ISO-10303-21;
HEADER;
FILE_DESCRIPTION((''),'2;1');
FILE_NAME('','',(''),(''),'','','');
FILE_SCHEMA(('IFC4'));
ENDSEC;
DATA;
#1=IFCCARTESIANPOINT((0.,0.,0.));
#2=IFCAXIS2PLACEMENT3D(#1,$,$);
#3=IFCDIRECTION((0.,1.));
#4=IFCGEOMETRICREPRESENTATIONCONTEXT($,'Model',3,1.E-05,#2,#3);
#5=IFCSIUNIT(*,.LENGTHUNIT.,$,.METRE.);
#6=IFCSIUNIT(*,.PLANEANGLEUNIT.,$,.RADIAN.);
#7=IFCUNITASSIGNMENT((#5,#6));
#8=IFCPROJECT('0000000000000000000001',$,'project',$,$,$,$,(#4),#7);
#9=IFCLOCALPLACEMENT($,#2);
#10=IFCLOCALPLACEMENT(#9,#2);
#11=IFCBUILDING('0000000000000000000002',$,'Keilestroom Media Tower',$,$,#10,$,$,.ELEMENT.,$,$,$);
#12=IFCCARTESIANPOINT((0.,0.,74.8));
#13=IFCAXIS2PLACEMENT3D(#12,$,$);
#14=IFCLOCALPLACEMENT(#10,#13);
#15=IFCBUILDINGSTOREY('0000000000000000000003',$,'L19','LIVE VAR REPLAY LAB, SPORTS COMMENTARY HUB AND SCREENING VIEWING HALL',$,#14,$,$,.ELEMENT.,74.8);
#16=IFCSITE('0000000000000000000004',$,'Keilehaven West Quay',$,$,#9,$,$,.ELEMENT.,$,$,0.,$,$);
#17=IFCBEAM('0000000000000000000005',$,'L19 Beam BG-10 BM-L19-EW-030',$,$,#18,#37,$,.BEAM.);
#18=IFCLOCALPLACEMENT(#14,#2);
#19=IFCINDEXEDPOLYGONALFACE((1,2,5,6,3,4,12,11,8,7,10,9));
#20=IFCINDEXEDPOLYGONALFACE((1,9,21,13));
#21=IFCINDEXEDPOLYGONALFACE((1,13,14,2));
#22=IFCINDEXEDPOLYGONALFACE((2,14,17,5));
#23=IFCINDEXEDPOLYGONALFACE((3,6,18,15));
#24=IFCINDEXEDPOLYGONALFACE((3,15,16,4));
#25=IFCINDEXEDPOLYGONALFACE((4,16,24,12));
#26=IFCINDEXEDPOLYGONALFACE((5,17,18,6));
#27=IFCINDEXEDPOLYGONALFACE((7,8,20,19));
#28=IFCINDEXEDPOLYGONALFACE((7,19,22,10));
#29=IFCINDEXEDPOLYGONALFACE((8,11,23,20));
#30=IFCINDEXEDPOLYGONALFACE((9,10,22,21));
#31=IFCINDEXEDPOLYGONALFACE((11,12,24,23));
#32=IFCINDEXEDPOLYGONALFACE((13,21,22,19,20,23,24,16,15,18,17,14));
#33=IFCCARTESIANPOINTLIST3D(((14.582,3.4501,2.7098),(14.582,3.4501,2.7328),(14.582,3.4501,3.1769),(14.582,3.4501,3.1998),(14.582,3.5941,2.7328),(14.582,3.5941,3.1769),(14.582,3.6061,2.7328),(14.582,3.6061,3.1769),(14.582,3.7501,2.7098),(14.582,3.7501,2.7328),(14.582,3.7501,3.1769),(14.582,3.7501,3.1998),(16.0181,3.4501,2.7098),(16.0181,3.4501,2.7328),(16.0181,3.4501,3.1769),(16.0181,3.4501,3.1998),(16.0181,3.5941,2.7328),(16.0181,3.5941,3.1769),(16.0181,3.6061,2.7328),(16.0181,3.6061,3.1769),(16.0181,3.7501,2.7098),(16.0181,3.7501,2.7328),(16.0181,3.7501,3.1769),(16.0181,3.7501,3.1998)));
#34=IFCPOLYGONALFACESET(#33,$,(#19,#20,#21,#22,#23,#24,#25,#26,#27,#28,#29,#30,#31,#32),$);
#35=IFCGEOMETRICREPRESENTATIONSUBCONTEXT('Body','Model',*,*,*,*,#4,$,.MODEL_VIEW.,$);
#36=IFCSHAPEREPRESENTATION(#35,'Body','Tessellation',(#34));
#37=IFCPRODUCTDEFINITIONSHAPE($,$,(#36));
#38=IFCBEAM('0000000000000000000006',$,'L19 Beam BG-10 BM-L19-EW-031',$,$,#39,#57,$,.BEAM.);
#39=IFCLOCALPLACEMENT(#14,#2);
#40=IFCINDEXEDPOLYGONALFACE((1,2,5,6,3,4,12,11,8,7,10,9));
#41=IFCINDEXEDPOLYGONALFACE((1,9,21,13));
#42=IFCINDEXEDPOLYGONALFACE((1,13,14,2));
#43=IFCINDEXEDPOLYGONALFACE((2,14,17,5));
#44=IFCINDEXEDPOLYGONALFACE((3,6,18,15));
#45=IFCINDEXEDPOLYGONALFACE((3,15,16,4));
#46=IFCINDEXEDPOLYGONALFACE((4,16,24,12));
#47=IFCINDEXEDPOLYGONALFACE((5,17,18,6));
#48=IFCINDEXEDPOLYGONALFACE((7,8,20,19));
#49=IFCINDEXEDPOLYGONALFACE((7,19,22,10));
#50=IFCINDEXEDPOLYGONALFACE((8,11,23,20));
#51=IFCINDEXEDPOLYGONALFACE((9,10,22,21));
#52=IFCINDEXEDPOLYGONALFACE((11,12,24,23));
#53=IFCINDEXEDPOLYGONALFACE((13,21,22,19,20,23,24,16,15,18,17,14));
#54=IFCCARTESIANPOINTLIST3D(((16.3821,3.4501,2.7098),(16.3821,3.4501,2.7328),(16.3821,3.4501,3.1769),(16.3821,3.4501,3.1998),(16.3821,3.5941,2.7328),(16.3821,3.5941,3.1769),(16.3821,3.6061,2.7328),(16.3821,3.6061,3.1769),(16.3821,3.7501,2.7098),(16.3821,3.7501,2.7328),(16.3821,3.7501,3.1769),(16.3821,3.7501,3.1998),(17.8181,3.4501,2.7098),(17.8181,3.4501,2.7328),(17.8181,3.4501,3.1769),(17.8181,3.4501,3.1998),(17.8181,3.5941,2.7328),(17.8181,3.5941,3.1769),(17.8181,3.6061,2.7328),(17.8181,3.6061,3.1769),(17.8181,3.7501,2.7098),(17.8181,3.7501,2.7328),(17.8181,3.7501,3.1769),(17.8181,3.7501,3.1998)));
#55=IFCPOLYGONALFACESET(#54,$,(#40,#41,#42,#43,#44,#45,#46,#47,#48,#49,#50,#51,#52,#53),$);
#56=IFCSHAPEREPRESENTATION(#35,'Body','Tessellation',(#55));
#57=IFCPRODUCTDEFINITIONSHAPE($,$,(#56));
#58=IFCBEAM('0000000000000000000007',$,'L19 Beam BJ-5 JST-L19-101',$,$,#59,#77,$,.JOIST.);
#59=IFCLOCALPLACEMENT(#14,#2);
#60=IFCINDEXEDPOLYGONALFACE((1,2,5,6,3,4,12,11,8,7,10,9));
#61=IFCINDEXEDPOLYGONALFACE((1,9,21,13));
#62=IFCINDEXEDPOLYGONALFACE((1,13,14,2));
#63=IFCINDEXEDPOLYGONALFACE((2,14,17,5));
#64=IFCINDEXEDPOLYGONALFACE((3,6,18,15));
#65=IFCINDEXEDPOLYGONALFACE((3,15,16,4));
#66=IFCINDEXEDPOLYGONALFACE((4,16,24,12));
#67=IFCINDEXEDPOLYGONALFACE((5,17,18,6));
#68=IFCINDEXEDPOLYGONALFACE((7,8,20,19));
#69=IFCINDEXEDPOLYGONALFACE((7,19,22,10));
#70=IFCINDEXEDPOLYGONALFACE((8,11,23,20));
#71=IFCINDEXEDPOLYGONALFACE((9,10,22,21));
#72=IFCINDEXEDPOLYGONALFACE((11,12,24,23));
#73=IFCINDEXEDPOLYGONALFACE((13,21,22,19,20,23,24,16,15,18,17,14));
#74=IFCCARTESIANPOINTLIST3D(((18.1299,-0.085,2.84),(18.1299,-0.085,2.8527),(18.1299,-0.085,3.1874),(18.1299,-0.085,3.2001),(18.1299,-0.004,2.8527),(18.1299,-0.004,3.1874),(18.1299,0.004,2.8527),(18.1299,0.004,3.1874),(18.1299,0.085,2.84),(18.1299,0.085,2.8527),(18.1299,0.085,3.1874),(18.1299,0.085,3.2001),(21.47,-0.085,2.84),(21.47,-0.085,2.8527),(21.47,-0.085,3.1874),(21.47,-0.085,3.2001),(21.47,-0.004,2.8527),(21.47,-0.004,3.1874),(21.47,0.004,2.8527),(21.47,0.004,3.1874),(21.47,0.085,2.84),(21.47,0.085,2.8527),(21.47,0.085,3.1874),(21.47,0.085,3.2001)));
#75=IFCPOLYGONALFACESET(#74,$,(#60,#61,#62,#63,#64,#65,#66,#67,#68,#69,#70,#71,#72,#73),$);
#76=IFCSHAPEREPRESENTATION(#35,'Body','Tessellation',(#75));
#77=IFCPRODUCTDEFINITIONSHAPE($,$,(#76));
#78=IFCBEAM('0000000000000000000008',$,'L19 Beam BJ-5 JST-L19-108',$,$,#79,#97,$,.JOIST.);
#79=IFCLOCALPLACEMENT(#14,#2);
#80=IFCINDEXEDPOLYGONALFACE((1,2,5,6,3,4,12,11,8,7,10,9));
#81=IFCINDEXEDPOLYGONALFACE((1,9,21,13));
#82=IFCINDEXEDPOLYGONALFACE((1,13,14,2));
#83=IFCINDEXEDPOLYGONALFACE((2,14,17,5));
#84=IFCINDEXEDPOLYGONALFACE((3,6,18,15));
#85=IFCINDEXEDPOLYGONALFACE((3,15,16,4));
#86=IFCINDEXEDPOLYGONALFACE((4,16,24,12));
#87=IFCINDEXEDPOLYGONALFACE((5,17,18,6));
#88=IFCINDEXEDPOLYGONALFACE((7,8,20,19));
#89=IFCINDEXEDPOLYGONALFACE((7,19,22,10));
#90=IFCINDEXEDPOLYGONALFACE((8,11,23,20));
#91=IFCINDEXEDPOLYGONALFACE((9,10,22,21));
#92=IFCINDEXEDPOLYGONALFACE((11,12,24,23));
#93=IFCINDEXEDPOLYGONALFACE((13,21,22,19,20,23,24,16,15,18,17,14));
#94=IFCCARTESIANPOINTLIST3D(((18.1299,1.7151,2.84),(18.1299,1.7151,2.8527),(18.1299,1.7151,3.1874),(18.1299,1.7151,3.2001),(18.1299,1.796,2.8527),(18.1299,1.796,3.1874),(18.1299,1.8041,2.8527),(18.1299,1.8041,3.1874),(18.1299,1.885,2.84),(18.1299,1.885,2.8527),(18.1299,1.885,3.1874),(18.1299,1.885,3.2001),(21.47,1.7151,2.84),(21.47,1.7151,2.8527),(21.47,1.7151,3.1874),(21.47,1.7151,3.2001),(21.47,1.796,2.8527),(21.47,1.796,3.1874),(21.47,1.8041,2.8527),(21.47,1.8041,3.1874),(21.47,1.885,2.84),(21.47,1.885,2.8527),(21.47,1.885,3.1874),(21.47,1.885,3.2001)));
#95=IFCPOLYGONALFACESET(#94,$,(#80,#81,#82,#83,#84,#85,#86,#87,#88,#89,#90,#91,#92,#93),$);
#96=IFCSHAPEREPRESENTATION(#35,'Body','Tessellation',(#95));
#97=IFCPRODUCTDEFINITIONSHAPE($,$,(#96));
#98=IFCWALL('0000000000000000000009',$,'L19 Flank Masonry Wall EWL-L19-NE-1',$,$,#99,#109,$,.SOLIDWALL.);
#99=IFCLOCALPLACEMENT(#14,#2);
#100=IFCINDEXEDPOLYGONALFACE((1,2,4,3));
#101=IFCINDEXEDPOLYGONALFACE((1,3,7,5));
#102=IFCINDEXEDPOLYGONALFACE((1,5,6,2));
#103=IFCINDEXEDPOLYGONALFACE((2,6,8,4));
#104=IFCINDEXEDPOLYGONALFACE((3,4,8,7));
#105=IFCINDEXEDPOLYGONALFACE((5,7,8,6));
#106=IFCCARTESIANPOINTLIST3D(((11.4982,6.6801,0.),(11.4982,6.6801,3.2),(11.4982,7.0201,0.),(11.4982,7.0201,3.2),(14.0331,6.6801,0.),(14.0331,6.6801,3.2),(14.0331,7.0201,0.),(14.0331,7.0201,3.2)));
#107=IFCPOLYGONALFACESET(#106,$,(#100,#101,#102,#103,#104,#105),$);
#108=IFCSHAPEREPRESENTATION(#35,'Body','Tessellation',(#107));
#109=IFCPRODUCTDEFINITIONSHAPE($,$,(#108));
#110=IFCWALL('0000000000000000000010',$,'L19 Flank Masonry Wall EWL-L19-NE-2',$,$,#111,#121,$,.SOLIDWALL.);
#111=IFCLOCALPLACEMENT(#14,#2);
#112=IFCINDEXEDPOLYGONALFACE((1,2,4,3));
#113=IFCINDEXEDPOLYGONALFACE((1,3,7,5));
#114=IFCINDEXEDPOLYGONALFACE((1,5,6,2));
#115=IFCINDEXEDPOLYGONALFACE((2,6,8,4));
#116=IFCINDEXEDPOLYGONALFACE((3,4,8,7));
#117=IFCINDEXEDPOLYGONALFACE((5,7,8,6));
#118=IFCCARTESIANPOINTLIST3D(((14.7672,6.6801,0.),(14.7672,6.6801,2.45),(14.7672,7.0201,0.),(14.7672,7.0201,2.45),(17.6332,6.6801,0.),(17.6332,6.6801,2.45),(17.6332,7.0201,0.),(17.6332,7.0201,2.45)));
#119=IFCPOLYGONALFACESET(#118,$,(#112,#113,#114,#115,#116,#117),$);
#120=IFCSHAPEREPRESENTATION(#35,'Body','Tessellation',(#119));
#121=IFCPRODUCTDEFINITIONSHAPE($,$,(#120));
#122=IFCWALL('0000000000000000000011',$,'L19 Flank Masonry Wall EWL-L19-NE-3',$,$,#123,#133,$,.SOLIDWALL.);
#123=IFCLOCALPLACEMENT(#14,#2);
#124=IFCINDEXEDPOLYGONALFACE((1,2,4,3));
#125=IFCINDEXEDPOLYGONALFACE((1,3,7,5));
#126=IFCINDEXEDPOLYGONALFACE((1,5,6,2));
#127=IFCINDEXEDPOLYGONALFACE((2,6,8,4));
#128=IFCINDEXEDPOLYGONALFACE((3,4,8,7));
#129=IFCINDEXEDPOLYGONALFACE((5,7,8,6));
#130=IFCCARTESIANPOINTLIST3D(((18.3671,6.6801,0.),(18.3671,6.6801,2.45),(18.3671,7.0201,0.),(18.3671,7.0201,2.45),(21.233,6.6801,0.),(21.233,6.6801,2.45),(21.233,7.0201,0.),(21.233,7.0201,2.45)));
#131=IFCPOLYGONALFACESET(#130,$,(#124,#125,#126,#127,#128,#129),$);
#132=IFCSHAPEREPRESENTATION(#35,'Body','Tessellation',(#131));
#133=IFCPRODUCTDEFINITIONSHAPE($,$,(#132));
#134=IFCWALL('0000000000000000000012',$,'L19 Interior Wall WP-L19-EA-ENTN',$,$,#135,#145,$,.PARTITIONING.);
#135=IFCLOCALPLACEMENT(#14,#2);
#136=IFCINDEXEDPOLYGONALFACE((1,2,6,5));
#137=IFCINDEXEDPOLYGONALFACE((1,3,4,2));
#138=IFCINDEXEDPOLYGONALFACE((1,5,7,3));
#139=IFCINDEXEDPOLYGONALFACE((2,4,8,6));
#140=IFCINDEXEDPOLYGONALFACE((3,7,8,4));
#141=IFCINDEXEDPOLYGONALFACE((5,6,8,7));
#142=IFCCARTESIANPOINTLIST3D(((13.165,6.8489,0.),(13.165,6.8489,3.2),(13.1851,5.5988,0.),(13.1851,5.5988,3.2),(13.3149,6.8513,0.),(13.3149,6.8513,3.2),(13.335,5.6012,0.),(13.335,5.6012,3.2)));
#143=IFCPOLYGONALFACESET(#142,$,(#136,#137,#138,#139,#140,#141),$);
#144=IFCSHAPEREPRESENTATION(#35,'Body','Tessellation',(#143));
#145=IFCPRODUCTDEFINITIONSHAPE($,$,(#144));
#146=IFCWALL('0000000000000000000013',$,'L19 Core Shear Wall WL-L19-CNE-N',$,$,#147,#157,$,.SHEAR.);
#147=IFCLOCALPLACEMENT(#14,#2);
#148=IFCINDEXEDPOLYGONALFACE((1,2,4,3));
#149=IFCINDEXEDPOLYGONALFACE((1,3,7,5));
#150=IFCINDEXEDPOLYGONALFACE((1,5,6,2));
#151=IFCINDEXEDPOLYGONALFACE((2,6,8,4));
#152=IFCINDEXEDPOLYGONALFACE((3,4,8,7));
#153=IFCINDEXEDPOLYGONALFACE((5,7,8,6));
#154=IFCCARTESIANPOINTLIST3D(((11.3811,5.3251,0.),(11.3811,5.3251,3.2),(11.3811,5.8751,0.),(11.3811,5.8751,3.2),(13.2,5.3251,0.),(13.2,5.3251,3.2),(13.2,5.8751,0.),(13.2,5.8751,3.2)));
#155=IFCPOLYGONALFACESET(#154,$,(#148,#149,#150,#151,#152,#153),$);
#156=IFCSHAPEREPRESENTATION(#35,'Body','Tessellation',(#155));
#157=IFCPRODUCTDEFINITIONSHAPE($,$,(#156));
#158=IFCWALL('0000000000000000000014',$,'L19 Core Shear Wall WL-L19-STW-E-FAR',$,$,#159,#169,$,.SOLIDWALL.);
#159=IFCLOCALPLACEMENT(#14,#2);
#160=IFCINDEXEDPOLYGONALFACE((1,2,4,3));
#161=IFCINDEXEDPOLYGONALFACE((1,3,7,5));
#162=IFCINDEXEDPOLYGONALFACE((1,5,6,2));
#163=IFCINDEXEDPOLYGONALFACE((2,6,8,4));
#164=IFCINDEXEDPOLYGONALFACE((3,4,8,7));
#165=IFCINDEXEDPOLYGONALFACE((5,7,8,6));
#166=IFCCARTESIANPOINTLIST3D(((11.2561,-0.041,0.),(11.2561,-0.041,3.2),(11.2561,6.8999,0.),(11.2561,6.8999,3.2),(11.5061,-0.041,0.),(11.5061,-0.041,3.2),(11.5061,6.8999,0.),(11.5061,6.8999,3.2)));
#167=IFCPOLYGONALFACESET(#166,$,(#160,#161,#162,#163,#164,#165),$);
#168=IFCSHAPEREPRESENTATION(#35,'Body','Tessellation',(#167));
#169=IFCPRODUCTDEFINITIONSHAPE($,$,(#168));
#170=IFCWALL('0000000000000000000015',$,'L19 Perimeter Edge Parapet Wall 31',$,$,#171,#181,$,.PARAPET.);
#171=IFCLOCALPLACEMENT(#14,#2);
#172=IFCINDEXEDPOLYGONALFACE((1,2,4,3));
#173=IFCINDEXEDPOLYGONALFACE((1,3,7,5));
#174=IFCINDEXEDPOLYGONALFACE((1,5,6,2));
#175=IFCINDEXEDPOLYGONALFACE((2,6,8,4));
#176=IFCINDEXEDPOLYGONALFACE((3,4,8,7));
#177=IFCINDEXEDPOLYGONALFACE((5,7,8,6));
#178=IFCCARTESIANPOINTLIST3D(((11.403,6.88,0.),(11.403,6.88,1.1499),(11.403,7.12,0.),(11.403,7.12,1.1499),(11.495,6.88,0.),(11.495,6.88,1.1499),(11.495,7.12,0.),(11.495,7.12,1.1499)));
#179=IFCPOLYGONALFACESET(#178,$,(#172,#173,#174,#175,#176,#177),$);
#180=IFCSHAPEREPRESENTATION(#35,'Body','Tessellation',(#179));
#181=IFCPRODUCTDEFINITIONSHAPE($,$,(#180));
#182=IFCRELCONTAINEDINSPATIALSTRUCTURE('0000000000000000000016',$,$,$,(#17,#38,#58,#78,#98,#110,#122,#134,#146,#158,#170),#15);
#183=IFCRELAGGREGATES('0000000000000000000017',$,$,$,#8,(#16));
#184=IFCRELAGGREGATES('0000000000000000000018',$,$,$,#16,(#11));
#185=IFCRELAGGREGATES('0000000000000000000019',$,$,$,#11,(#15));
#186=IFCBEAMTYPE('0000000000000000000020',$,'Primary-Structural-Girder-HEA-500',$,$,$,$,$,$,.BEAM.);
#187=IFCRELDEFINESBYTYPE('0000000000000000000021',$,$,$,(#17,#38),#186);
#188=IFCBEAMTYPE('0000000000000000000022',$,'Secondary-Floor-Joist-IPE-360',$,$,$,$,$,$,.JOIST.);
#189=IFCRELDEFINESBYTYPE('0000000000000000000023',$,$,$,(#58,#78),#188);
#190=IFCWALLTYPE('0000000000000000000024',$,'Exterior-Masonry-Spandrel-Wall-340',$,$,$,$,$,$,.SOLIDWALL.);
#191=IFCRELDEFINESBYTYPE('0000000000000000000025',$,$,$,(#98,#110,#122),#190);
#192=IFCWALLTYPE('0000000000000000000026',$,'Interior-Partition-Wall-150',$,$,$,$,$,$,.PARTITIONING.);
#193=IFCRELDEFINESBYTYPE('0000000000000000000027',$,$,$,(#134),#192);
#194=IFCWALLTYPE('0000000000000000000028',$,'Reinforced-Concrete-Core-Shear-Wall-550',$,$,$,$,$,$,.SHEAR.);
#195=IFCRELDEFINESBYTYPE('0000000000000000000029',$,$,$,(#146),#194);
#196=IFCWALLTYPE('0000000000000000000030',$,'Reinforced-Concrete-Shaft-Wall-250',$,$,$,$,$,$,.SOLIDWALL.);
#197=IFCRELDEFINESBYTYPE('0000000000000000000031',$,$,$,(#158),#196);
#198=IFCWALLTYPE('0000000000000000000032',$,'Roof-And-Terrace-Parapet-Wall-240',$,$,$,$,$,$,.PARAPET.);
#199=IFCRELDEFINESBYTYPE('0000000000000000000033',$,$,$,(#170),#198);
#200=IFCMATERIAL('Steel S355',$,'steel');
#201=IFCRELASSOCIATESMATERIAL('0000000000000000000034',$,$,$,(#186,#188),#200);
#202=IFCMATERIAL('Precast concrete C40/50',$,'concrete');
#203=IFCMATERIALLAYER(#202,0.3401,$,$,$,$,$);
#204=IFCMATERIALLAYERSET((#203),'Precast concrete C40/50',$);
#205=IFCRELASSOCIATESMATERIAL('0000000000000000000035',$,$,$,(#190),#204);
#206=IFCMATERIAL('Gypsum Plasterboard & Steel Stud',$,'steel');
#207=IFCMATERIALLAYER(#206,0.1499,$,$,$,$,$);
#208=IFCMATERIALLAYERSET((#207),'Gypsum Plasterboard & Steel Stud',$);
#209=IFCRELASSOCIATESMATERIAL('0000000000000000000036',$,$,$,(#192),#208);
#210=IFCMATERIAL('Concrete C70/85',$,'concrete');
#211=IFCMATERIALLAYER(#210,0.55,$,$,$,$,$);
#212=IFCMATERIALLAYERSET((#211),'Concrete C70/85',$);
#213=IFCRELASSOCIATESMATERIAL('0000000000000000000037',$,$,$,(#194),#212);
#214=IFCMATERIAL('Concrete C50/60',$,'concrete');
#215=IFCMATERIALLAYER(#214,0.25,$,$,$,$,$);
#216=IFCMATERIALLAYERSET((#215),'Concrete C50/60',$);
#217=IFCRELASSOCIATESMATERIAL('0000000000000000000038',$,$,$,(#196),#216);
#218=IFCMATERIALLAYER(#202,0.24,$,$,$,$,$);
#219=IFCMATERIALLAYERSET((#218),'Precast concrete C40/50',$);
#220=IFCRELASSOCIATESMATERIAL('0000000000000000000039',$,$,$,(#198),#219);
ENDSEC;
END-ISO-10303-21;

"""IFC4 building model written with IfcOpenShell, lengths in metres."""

from ifc_helpers import new_model, si_unit, direction, frame, frame_2d, origin, origin_2d, place, context, subcontext, project, spatial, rectangle, i_section, extrude, source, transform, mapped, material, layer, layer_set, material_profile, profile_set, type_object, element, save


model = new_model("IFC4")

# Units and contexts
model_context = context("Model", 3, precision=1e-05, world=origin(), true_north=direction((0.0, 1.0)))
body_context = subcontext(model_context, "Body", "Model", "MODEL_VIEW")
ifc_project = project(units=[si_unit("LENGTHUNIT", "METRE"), si_unit("PLANEANGLEUNIT", "RADIAN")], contexts=[model_context])

# Site, building, storey
site_placement = place(None, origin())
site = spatial("IfcSite", under=ifc_project, at=site_placement, Name="Keilehaven West Quay", CompositionType="ELEMENT", RefElevation=0.0)
building_placement = place(site_placement, origin())
building = spatial("IfcBuilding", under=site, at=building_placement, Name="Keilestroom Media Tower", CompositionType="ELEMENT")
storey_placement = place(building_placement, frame((0.0, 0.0, 74.8)))
storey = spatial("IfcBuildingStorey", under=building, at=storey_placement, Name="L19", Description="LIVE VAR REPLAY LAB, SPORTS COMMENTARY HUB AND SCREENING VIEWING HALL", CompositionType="ELEMENT", Elevation=74.8)

# Shared definitions
ifc_material_1 = material(Name="Precast concrete C40/50", Category="concrete")

# Beams
ifc_material_2 = material(Name="Steel S355", Category="steel")
ifc_material_profile_1 = material_profile(ifc_material_2, i_section(OverallWidth=0.3, OverallDepth=0.49, WebThickness=0.012, FlangeThickness=0.0229, at=origin_2d()), Name="HEA 500")
ifc_profile_set_1 = profile_set([ifc_material_profile_1], Name="Steel S355")
beam_type_1 = type_object("IfcBeamType", Name="Primary-Structural-Girder-HEA-500", PredefinedType="BEAM", material=ifc_profile_set_1)
shared_shape_1 = source(origin(), body_context, "Body", "SweptSolid", [
    extrude(i_section(OverallWidth=0.3, OverallDepth=0.49, WebThickness=0.012, FlangeThickness=0.0229, at=origin_2d()), origin(), (0.0, 0.0, 1.0), 1.436),
])
for number, where, z_axis, x_axis, name in (
    (1, (14.582, 3.6001, 2.9548), (1.0, 0.0, 0.0), (0.0, 1.0, 0.0), "L19 Beam BG-10 BM-L19-EW-030"),
    (2, (16.3821, 3.6001, 2.9548), (1.0, 0.0, 0.0), (0.0, 1.0, 0.0), "L19 Beam BG-10 BM-L19-EW-031"),
):
    element("IfcBeam", number, at=place(storey_placement, frame(where, z_axis=z_axis, x_axis=x_axis)), inside=storey, type_object=beam_type_1, Name=name, PredefinedType="BEAM", context=body_context, shape_type="MappedRepresentation", body=[
        mapped(shared_shape_1, transform((0.0, 0.0, 0.0), x_axis=(1.0, 0.0, 0.0), y_axis=(0.0, 1.0, 0.0), z_axis=(0.0, 0.0, 1.0), scale=1.0)),
    ])
ifc_material_profile_2 = material_profile(ifc_material_2, i_section(OverallWidth=0.1699, OverallDepth=0.3601, WebThickness=0.0081, FlangeThickness=0.0127, at=origin_2d()), Name="IPE 360")
ifc_profile_set_2 = profile_set([ifc_material_profile_2], Name="Steel S355")
beam_type_2 = type_object("IfcBeamType", Name="Secondary-Floor-Joist-IPE-360", PredefinedType="JOIST", material=ifc_profile_set_2)
shared_shape_2 = source(origin(), body_context, "Body", "SweptSolid", [
    extrude(i_section(OverallWidth=0.1699, OverallDepth=0.3601, WebThickness=0.0081, FlangeThickness=0.0127, at=origin_2d()), origin(), (0.0, 0.0, 1.0), 3.3401),
])
for number, where, z_axis, x_axis, name in (
    (3, (18.1299, 0.0, 3.02), (1.0, 0.0, 0.0), (0.0, 1.0, 0.0), "L19 Beam BJ-5 JST-L19-101"),
    (4, (18.1299, 1.8, 3.02), (1.0, 0.0, 0.0), (0.0, 1.0, 0.0), "L19 Beam BJ-5 JST-L19-108"),
):
    element("IfcBeam", number, at=place(storey_placement, frame(where, z_axis=z_axis, x_axis=x_axis)), inside=storey, type_object=beam_type_2, Name=name, PredefinedType="JOIST", context=body_context, shape_type="MappedRepresentation", body=[
        mapped(shared_shape_2, transform((0.0, 0.0, 0.0), x_axis=(1.0, 0.0, 0.0), y_axis=(0.0, 1.0, 0.0), z_axis=(0.0, 0.0, 1.0), scale=1.0)),
    ])

# Walls
ifc_layer_1 = layer(ifc_material_1, 0.3401)
ifc_layer_set_1 = layer_set([ifc_layer_1], Name="Precast concrete C40/50")
wall_type_1 = type_object("IfcWallType", Name="Exterior-Masonry-Spandrel-Wall-340", PredefinedType="SOLIDWALL", material=ifc_layer_set_1)
wall_1_placement = place(storey_placement, frame((11.498, 6.8501, 0.0), z_axis=(0.0, 0.0, 1.0), x_axis=(1.0, 0.0, 0.0)))
element("IfcWall", 5, at=wall_1_placement, inside=storey, type_object=wall_type_1, Name="L19 Flank Masonry Wall EWL-L19-NE-1", PredefinedType="SOLIDWALL", context=body_context, shape_type="SweptSolid", body=[
    extrude(rectangle(XDim=2.5349, YDim=0.3401, at=frame_2d((1.2676, 0.0))), origin(), (0.0, 0.0, 1.0), 3.2),
])
for number, where, z_axis, x_axis, name in (
    (6, (14.7671, 6.8501, 0.0), (0.0, 0.0, 1.0), (1.0, 0.0, 0.0), "L19 Flank Masonry Wall EWL-L19-NE-2"),
    (7, (18.3669, 6.8501, 0.0), (0.0, 0.0, 1.0), (1.0, 0.0, 0.0), "L19 Flank Masonry Wall EWL-L19-NE-3"),
):
    element("IfcWall", number, at=place(storey_placement, frame(where, z_axis=z_axis, x_axis=x_axis)), inside=storey, type_object=wall_type_1, Name=name, PredefinedType="SOLIDWALL", context=body_context, shape_type="SweptSolid", body=[
        extrude(rectangle(XDim=2.866, YDim=0.3401, at=frame_2d((1.4331, 0.0))), origin(), (0.0, 0.0, 1.0), 2.45),
    ])
ifc_material_3 = material(Name="Gypsum Plasterboard & Steel Stud", Category="steel")
ifc_layer_2 = layer(ifc_material_3, 0.1499)
ifc_layer_set_2 = layer_set([ifc_layer_2], Name="Gypsum Plasterboard & Steel Stud")
wall_type_2 = type_object("IfcWallType", Name="Interior-Partition-Wall-150", PredefinedType="PARTITIONING", material=ifc_layer_set_2)
wall_2_placement = place(storey_placement, frame((13.26, 5.6001, 0.0), z_axis=(0.0, 0.0, 1.0), x_axis=(-0.016014, 0.999872, 0.0)))
element("IfcWall", 8, at=wall_2_placement, inside=storey, type_object=wall_type_2, Name="L19 Interior Wall WP-L19-EA-ENTN", PredefinedType="PARTITIONING", context=body_context, shape_type="SweptSolid", body=[
    extrude(rectangle(XDim=1.2502, YDim=0.1499, at=frame_2d((0.625, 0.0))), origin(), (0.0, 0.0, 1.0), 3.2),
])
ifc_material_4 = material(Name="Concrete C70/85", Category="concrete")
ifc_layer_3 = layer(ifc_material_4, 0.55)
ifc_layer_set_3 = layer_set([ifc_layer_3], Name="Concrete C70/85")
wall_type_3 = type_object("IfcWallType", Name="Reinforced-Concrete-Core-Shear-Wall-550", PredefinedType="SHEAR", material=ifc_layer_set_3)
wall_3_placement = place(storey_placement, frame((11.3811, 5.6001, 0.0), z_axis=(0.0, 0.0, 1.0), x_axis=(1.0, 0.0, 0.0)))
element("IfcWall", 9, at=wall_3_placement, inside=storey, type_object=wall_type_3, Name="L19 Core Shear Wall WL-L19-CNE-N", PredefinedType="SHEAR", context=body_context, shape_type="SweptSolid", body=[
    extrude(rectangle(XDim=1.8188, YDim=0.55, at=frame_2d((0.9094, 0.0))), origin(), (0.0, 0.0, 1.0), 3.2),
])
ifc_material_5 = material(Name="Concrete C50/60", Category="concrete")
ifc_layer_4 = layer(ifc_material_5, 0.25)
ifc_layer_set_4 = layer_set([ifc_layer_4], Name="Concrete C50/60")
wall_type_4 = type_object("IfcWallType", Name="Reinforced-Concrete-Shaft-Wall-250", PredefinedType="SOLIDWALL", material=ifc_layer_set_4)
wall_4_placement = place(storey_placement, frame((11.3811, -0.041, 0.0), z_axis=(0.0, 0.0, 1.0), x_axis=(0.0, 1.0, 0.0)))
element("IfcWall", 10, at=wall_4_placement, inside=storey, type_object=wall_type_4, Name="L19 Core Shear Wall WL-L19-STW-E-FAR", PredefinedType="SOLIDWALL", context=body_context, shape_type="SweptSolid", body=[
    extrude(rectangle(XDim=6.9409, YDim=0.25, at=frame_2d((3.4705, 0.0))), origin(), (0.0, 0.0, 1.0), 3.2),
])
ifc_layer_5 = layer(ifc_material_1, 0.24)
ifc_layer_set_5 = layer_set([ifc_layer_5], Name="Precast concrete C40/50")
wall_type_5 = type_object("IfcWallType", Name="Roof-And-Terrace-Parapet-Wall-240", PredefinedType="PARAPET", material=ifc_layer_set_5)
wall_5_placement = place(storey_placement, frame((11.4031, 7.0, 0.0), z_axis=(0.0, 0.0, 1.0), x_axis=(1.0, 0.0, 0.0)))
element("IfcWall", 11, at=wall_5_placement, inside=storey, type_object=wall_type_5, Name="L19 Perimeter Edge Parapet Wall 31", PredefinedType="PARAPET", context=body_context, shape_type="SweptSolid", body=[
    extrude(rectangle(XDim=0.092, YDim=0.24, at=frame_2d((0.0459, 0.0))), origin(), (0.0, 0.0, 1.0), 1.1499),
])

save(model, "model.ifc")
